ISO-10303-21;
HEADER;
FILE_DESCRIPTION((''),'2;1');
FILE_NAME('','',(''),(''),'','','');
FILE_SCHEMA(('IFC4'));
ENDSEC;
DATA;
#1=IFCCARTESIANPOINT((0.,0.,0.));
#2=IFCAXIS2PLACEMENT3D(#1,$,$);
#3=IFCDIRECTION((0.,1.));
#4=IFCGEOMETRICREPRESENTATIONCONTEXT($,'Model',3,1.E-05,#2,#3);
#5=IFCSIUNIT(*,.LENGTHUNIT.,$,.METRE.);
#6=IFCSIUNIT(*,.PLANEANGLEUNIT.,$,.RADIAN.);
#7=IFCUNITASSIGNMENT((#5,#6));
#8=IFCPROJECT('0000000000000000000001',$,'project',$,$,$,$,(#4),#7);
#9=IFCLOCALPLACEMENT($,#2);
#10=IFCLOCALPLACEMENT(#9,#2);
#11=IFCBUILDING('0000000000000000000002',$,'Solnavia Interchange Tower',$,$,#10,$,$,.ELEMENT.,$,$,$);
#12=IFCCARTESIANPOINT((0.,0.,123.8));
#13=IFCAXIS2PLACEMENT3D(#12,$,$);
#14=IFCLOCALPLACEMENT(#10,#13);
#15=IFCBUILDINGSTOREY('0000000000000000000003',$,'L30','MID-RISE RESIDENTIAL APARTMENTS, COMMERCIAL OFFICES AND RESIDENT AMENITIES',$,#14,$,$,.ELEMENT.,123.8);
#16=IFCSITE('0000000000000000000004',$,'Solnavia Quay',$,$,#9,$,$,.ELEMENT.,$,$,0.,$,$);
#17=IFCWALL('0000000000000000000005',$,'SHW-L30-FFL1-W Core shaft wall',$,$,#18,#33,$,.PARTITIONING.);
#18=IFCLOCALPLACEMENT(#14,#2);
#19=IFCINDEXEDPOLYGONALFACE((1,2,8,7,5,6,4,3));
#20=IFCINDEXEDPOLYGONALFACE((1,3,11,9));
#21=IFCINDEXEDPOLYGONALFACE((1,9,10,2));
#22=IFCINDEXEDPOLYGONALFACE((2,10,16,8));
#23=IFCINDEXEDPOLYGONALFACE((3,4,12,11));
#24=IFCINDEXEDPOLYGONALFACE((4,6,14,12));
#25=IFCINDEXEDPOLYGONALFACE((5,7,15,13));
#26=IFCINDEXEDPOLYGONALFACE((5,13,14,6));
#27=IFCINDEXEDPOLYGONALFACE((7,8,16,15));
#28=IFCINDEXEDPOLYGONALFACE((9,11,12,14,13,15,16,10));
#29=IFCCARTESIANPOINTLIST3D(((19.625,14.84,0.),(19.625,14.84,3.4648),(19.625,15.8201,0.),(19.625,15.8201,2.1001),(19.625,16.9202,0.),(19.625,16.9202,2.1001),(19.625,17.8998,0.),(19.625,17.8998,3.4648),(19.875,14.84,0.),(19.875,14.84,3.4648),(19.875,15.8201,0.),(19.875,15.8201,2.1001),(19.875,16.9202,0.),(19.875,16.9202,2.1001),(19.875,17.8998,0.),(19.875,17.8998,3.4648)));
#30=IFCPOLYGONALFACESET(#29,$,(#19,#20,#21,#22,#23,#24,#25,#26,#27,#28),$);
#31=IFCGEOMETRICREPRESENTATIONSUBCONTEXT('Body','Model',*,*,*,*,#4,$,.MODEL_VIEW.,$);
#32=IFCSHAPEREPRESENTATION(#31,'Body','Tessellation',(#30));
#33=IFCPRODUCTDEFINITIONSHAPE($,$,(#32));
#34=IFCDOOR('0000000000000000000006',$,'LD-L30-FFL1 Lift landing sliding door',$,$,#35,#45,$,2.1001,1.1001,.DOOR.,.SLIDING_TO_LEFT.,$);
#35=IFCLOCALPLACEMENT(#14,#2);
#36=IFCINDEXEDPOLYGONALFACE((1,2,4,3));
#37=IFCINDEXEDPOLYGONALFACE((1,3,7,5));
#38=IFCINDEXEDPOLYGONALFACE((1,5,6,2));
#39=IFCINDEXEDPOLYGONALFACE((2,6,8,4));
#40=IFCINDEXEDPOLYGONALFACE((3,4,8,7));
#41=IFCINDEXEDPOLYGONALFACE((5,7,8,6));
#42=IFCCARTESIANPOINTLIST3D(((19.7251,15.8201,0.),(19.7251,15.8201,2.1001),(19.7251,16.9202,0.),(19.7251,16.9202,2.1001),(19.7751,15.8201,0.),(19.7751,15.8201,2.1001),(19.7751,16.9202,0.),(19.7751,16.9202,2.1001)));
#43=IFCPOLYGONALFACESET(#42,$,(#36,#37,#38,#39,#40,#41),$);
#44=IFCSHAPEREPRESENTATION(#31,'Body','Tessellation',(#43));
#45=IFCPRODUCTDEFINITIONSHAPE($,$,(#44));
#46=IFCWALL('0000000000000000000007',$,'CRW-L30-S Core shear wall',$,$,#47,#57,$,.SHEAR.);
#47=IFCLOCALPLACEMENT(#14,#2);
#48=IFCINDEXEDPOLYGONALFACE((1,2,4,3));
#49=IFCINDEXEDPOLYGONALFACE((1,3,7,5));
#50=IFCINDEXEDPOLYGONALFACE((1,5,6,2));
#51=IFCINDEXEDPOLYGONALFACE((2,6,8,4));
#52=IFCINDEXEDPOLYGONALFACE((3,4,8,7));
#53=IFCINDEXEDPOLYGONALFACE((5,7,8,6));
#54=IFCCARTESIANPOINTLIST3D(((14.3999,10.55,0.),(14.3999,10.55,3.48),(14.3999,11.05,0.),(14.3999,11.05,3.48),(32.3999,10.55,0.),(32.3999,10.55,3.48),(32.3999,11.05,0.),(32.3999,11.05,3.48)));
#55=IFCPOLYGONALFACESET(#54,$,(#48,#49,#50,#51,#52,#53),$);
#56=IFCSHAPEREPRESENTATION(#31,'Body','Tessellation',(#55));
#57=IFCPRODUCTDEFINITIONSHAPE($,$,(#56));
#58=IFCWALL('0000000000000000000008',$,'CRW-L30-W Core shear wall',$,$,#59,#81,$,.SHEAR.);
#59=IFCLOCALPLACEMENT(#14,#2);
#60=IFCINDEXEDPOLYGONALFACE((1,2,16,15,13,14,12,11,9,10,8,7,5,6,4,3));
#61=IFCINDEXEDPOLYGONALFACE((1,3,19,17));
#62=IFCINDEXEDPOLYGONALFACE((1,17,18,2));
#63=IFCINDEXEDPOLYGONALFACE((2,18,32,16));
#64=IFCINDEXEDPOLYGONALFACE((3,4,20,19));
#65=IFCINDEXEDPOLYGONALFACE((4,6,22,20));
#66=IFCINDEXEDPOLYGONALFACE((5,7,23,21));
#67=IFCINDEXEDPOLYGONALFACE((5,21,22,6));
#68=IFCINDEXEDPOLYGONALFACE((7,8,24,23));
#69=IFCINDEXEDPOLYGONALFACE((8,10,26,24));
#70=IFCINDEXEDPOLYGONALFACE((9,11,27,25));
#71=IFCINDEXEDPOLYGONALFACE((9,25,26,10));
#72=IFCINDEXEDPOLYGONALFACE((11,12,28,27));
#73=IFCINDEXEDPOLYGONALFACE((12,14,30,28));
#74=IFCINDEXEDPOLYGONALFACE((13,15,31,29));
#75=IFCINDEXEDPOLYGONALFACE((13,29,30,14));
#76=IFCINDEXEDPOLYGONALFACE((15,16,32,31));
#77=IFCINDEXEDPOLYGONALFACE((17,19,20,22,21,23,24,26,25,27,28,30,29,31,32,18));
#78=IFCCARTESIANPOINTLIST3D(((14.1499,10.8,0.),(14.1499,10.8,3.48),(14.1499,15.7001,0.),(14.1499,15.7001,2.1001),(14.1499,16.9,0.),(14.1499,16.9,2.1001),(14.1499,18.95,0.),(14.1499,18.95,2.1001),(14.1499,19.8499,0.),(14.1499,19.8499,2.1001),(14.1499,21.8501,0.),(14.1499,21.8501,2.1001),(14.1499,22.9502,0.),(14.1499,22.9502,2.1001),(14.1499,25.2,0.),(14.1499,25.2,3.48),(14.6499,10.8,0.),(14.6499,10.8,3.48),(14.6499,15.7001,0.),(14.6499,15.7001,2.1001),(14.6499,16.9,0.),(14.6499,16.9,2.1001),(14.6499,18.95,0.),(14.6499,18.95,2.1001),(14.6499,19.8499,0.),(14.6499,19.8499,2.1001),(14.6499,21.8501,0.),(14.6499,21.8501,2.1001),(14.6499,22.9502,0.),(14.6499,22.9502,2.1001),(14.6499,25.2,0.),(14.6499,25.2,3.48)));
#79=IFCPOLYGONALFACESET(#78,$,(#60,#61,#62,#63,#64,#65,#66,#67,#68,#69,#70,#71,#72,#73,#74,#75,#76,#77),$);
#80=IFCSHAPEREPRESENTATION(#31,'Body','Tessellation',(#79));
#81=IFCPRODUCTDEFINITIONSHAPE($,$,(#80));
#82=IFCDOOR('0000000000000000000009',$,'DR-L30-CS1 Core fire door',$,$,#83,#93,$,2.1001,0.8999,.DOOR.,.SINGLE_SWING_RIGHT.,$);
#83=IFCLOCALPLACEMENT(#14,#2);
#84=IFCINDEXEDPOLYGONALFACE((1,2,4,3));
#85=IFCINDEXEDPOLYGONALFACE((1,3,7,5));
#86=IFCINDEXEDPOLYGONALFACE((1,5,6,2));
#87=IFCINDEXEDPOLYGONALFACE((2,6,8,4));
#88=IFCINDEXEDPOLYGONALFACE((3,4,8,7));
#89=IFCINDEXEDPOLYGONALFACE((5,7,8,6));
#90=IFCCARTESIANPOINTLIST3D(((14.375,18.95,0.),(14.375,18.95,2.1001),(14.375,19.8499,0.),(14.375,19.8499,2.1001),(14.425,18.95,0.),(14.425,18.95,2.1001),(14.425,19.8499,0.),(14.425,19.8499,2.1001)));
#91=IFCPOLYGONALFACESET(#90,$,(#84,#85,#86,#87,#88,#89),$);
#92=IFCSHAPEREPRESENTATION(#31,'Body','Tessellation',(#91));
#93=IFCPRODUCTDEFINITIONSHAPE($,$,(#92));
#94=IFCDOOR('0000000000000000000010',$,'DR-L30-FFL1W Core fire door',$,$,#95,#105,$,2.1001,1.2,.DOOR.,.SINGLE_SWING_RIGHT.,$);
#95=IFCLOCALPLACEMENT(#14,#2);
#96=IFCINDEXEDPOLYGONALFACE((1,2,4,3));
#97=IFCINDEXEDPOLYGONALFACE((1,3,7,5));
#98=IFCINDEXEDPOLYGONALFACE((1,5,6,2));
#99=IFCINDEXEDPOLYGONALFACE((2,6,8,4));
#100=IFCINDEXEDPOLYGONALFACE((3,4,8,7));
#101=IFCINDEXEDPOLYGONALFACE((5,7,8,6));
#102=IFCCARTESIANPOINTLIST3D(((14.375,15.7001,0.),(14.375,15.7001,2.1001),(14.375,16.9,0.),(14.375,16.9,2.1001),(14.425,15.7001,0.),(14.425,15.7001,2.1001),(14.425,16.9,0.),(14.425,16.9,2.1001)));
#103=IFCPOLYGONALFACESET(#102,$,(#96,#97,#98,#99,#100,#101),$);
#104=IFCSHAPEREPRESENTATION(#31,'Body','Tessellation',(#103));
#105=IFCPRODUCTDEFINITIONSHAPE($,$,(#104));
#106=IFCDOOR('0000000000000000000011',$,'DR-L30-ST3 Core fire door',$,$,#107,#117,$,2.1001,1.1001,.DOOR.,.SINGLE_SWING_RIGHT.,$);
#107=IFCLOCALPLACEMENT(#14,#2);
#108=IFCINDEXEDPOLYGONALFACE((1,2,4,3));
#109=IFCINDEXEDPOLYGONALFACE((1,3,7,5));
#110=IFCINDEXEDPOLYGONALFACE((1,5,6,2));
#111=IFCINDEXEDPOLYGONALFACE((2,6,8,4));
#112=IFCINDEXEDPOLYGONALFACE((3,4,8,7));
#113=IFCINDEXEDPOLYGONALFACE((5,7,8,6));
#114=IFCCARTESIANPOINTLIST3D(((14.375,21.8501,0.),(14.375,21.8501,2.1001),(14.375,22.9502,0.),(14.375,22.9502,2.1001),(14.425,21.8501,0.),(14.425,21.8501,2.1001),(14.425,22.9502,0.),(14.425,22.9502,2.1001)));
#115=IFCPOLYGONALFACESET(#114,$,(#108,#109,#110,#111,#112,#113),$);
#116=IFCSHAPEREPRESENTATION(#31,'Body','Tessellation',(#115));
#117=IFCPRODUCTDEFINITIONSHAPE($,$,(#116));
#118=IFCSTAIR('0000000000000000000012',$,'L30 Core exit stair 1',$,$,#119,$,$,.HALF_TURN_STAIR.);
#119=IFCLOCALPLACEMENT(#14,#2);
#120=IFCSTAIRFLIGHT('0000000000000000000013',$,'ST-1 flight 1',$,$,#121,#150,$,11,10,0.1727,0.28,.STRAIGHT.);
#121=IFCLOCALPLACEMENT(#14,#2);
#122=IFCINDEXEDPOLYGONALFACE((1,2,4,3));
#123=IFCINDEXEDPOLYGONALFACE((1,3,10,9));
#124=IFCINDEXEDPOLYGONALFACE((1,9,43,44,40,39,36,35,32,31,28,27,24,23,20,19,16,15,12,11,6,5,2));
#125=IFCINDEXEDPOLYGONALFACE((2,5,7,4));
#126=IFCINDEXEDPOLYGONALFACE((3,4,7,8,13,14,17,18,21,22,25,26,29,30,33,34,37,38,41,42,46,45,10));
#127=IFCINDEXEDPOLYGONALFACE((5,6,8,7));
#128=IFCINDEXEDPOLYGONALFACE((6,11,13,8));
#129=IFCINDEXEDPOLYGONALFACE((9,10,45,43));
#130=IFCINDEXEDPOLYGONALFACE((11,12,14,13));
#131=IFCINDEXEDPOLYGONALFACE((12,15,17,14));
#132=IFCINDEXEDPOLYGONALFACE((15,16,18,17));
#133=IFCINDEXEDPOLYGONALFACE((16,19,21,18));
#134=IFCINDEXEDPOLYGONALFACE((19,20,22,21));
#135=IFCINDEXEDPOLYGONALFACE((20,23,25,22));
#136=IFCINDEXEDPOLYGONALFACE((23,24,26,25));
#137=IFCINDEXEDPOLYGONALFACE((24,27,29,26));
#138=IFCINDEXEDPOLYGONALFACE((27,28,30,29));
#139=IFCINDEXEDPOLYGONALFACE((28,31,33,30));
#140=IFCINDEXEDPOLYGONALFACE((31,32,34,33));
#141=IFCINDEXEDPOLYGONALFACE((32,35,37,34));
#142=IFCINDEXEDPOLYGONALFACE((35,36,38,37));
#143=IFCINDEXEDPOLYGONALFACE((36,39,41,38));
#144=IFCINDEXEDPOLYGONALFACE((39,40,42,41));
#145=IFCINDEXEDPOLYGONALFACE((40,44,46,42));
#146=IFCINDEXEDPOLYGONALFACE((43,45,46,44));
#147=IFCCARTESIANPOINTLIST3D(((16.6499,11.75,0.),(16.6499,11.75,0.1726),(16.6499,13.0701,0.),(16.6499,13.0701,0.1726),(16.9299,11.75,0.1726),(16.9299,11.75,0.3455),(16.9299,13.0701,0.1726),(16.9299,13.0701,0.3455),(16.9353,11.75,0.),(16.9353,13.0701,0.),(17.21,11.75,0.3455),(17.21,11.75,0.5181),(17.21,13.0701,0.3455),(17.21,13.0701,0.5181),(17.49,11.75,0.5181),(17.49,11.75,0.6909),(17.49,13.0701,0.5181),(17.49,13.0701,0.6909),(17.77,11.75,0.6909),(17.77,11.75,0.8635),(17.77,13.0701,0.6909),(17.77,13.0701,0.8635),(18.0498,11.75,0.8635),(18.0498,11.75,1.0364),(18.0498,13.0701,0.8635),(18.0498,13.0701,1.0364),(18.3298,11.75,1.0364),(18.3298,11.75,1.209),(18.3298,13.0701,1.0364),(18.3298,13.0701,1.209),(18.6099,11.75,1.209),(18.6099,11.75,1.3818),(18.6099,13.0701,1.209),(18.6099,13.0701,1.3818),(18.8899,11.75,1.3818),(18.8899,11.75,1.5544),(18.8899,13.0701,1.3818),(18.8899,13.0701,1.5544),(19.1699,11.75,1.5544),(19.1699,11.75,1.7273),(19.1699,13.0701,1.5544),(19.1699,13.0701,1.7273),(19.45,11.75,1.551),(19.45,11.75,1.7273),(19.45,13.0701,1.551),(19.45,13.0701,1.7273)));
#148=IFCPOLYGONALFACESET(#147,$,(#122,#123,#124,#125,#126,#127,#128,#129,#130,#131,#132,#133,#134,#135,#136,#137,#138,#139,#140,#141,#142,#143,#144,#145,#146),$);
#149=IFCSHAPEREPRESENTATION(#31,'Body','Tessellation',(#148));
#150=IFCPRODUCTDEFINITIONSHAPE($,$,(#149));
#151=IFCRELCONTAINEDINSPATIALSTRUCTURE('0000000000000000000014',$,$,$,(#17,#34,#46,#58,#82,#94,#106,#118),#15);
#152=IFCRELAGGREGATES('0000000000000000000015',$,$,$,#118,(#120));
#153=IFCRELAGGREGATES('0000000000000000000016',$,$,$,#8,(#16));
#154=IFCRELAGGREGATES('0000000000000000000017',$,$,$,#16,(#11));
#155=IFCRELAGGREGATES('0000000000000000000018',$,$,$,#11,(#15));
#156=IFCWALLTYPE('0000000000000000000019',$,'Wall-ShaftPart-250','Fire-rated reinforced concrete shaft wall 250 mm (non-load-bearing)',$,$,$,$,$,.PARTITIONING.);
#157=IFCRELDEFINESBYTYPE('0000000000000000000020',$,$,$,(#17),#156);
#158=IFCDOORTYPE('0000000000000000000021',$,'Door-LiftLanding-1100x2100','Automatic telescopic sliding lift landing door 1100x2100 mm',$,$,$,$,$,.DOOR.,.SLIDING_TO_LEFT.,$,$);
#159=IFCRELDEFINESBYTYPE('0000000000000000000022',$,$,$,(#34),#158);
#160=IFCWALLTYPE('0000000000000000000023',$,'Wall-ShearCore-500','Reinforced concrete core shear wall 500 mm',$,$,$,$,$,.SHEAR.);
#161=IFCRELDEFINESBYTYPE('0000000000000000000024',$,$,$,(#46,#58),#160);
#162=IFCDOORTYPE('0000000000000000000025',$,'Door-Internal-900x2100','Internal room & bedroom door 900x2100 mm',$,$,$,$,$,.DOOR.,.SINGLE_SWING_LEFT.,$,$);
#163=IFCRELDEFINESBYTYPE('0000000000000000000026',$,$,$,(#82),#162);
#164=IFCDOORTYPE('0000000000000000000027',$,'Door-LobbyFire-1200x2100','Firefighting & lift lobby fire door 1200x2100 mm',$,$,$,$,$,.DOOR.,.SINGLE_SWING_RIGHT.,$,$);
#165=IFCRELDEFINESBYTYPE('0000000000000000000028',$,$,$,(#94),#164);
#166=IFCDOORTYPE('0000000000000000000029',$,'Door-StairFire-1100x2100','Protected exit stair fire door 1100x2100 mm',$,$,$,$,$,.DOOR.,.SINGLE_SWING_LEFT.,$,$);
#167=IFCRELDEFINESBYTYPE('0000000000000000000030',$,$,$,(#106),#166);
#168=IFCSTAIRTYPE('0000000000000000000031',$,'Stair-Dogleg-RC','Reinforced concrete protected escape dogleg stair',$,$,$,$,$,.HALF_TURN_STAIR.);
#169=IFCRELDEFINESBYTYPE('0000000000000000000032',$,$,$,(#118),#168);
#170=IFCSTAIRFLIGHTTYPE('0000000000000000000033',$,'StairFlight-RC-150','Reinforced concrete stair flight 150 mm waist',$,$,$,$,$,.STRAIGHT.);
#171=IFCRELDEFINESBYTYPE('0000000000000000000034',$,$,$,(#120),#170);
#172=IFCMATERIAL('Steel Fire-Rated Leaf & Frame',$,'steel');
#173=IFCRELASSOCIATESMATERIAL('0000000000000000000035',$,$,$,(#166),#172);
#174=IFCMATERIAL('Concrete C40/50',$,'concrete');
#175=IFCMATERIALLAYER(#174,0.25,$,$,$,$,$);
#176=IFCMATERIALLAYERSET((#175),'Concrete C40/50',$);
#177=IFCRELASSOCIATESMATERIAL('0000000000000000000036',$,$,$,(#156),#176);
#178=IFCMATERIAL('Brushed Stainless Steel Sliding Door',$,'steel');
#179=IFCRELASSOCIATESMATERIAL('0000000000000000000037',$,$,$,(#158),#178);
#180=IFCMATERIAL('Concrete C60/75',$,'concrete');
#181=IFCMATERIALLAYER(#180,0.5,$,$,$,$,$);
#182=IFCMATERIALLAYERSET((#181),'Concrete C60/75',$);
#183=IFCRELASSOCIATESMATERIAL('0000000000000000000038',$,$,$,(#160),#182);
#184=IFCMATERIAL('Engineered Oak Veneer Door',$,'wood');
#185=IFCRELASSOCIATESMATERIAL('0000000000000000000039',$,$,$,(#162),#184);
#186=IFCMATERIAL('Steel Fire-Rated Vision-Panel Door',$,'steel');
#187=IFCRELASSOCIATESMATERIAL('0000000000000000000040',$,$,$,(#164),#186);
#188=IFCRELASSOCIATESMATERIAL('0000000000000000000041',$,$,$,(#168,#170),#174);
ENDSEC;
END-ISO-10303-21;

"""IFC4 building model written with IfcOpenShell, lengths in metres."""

from ifc_helpers import new_model, si_unit, direction, frame, frame_2d, origin, place, context, subcontext, project, spatial, polyline, rectangle, outline, extrude, material, layer, layer_set, type_object, element, fill, aggregate, save


model = new_model("IFC4")

# Units and contexts
model_context = context("Model", 3, precision=1e-05, world=origin(), true_north=direction((0.0, 1.0)))
body_context = subcontext(model_context, "Body", "Model", "MODEL_VIEW")
ifc_project = project(units=[si_unit("LENGTHUNIT", "METRE"), si_unit("PLANEANGLEUNIT", "RADIAN")], contexts=[model_context])

# Site, building, storey
site_placement = place(None, origin())
site = spatial("IfcSite", under=ifc_project, at=site_placement, Name="Solnavia Quay", CompositionType="ELEMENT", RefElevation=0.0)
building_placement = place(site_placement, origin())
building = spatial("IfcBuilding", under=site, at=building_placement, Name="Solnavia Interchange Tower", CompositionType="ELEMENT")
storey_placement = place(building_placement, frame((0.0, 0.0, 123.8)))
storey = spatial("IfcBuildingStorey", under=building, at=storey_placement, Name="L30", Description="MID-RISE RESIDENTIAL APARTMENTS, COMMERCIAL OFFICES AND RESIDENT AMENITIES", CompositionType="ELEMENT", Elevation=123.8)

# Shared definitions
ifc_material_1 = material(Name="Concrete C40/50", Category="concrete")

# Shared definitions
ifc_material_2 = material(Name="Steel Fire-Rated Leaf & Frame", Category="steel")
door_type_1 = type_object("IfcDoorType", Name="Door-StairFire-1100x2100", Description="Protected exit stair fire door 1100x2100 mm", OperationType="SINGLE_SWING_LEFT", PredefinedType="DOOR", material=ifc_material_2)

# Shared definitions
ifc_layer_1 = layer(ifc_material_1, 0.25)
ifc_layer_set_1 = layer_set([ifc_layer_1], Name="Concrete C40/50")
wall_type_1 = type_object("IfcWallType", Name="Wall-ShaftPart-250", Description="Fire-rated reinforced concrete shaft wall 250 mm (non-load-bearing)", PredefinedType="PARTITIONING", material=ifc_layer_set_1)

# Wall, opening, door
wall_1_placement = place(storey_placement, frame((19.75, 14.8401, 0.0), z_axis=(0.0, 0.0, 1.0), x_axis=(0.0, 1.0, 0.0)))
wall_1 = element("IfcWall", 1, at=wall_1_placement, inside=storey, type_object=wall_type_1, Name="SHW-L30-FFL1-W Core shaft wall", PredefinedType="PARTITIONING", context=body_context, shape_type="SweptSolid", body=[
    extrude(rectangle(XDim=3.0598, YDim=0.25, at=frame_2d((1.5298, 0.0))), origin(), (0.0, 0.0, 1.0), 3.4648),
])
opening_1_placement = place(wall_1_placement, frame((0.98, 0.0, 0.0)))
opening_1 = element("IfcOpeningElement", 2, at=opening_1_placement, cuts=wall_1, PredefinedType="OPENING", context=body_context, shape_type="SweptSolid", body=[
    extrude(rectangle(XDim=1.1001, YDim=2.1001, at=frame_2d((0.55, 1.05))), frame((0.0, 0.135, 0.0), z_axis=(0.0, -1.0, 0.0), x_axis=(1.0, 0.0, 0.0)), (0.0, 0.0, 1.0), 0.27),
])
ifc_material_3 = material(Name="Brushed Stainless Steel Sliding Door", Category="steel")
door_type_2 = type_object("IfcDoorType", Name="Door-LiftLanding-1100x2100", Description="Automatic telescopic sliding lift landing door 1100x2100 mm", OperationType="SLIDING_TO_LEFT", PredefinedType="DOOR", material=ifc_material_3)
door_1_placement = place(opening_1_placement, origin())
door_1 = element("IfcDoor", 3, at=door_1_placement, inside=storey, type_object=door_type_2, Name="LD-L30-FFL1 Lift landing sliding door", OperationType="SLIDING_TO_LEFT", OverallHeight=2.1001, OverallWidth=1.1001, PredefinedType="DOOR", context=body_context, shape_type="SweptSolid", body=[
    extrude(rectangle(XDim=1.1001, YDim=2.1001, at=frame_2d((0.55, 1.05))), frame((0.0, 0.0249, 0.0), z_axis=(0.0, -1.0, 0.0), x_axis=(1.0, 0.0, 0.0)), (0.0, 0.0, 1.0), 0.05),
])
fill(opening_1, door_1)

# Wall
ifc_material_4 = material(Name="Concrete C60/75", Category="concrete")
ifc_layer_2 = layer(ifc_material_4, 0.5)
ifc_layer_set_2 = layer_set([ifc_layer_2], Name="Concrete C60/75")
wall_type_2 = type_object("IfcWallType", Name="Wall-ShearCore-500", Description="Reinforced concrete core shear wall 500 mm", PredefinedType="SHEAR", material=ifc_layer_set_2)
wall_2_placement = place(storey_placement, frame((14.3999, 10.8, 0.0), z_axis=(0.0, 0.0, 1.0), x_axis=(1.0, 0.0, 0.0)))
element("IfcWall", 4, at=wall_2_placement, inside=storey, type_object=wall_type_2, Name="CRW-L30-S Core shear wall", PredefinedType="SHEAR", context=body_context, shape_type="SweptSolid", body=[
    extrude(rectangle(XDim=18.0, YDim=0.5, at=frame_2d((9.0, 0.0))), origin(), (0.0, 0.0, 1.0), 3.48),
])

# Wall, openings, doors
wall_3_placement = place(storey_placement, frame((14.3999, 10.8, 0.0), z_axis=(0.0, 0.0, 1.0), x_axis=(0.0, 1.0, 0.0)))
wall_3 = element("IfcWall", 5, at=wall_3_placement, inside=storey, type_object=wall_type_2, Name="CRW-L30-W Core shear wall", PredefinedType="SHEAR", context=body_context, shape_type="SweptSolid", body=[
    extrude(rectangle(XDim=14.3999, YDim=0.5, at=frame_2d((7.2, 0.0))), origin(), (0.0, 0.0, 1.0), 3.48),
])
opening_2_placement = place(wall_3_placement, frame((11.05, 0.0, 0.0)))
opening_2 = element("IfcOpeningElement", 6, at=opening_2_placement, cuts=wall_3, PredefinedType="OPENING", context=body_context, shape_type="SweptSolid", body=[
    extrude(rectangle(XDim=1.1001, YDim=2.1001, at=frame_2d((0.55, 1.05))), frame((0.0, 0.26, 0.0), z_axis=(0.0, -1.0, 0.0), x_axis=(1.0, 0.0, 0.0)), (0.0, 0.0, 1.0), 0.52),
])
opening_3_placement = place(wall_3_placement, frame((4.8999, 0.0, 0.0)))
opening_3 = element("IfcOpeningElement", 7, at=opening_3_placement, cuts=wall_3, PredefinedType="OPENING", context=body_context, shape_type="SweptSolid", body=[
    extrude(rectangle(XDim=1.2, YDim=2.1001, at=frame_2d((0.6001, 1.05))), frame((0.0, 0.26, 0.0), z_axis=(0.0, -1.0, 0.0), x_axis=(1.0, 0.0, 0.0)), (0.0, 0.0, 1.0), 0.52),
])
opening_4_placement = place(wall_3_placement, frame((8.1499, 0.0, 0.0)))
opening_4 = element("IfcOpeningElement", 8, at=opening_4_placement, cuts=wall_3, PredefinedType="OPENING", context=body_context, shape_type="SweptSolid", body=[
    extrude(rectangle(XDim=0.8999, YDim=2.1001, at=frame_2d((0.45, 1.05))), frame((0.0, 0.26, 0.0), z_axis=(0.0, -1.0, 0.0), x_axis=(1.0, 0.0, 0.0)), (0.0, 0.0, 1.0), 0.52),
])
ifc_material_5 = material(Name="Engineered Oak Veneer Door", Category="wood")
door_type_3 = type_object("IfcDoorType", Name="Door-Internal-900x2100", Description="Internal room & bedroom door 900x2100 mm", OperationType="SINGLE_SWING_LEFT", PredefinedType="DOOR", material=ifc_material_5)
door_2_placement = place(opening_4_placement, origin())
door_2 = element("IfcDoor", 9, at=door_2_placement, inside=storey, type_object=door_type_3, Name="DR-L30-CS1 Core fire door", OperationType="SINGLE_SWING_RIGHT", OverallHeight=2.1001, OverallWidth=0.8999, PredefinedType="DOOR", context=body_context, shape_type="SweptSolid", body=[
    extrude(rectangle(XDim=0.8999, YDim=2.1001, at=frame_2d((0.45, 1.05))), frame((0.0, 0.0249, 0.0), z_axis=(0.0, -1.0, 0.0), x_axis=(1.0, 0.0, 0.0)), (0.0, 0.0, 1.0), 0.05),
])
fill(opening_4, door_2)
ifc_material_6 = material(Name="Steel Fire-Rated Vision-Panel Door", Category="steel")
door_type_4 = type_object("IfcDoorType", Name="Door-LobbyFire-1200x2100", Description="Firefighting & lift lobby fire door 1200x2100 mm", OperationType="SINGLE_SWING_RIGHT", PredefinedType="DOOR", material=ifc_material_6)
door_3_placement = place(opening_3_placement, origin())
door_3 = element("IfcDoor", 10, at=door_3_placement, inside=storey, type_object=door_type_4, Name="DR-L30-FFL1W Core fire door", OperationType="SINGLE_SWING_RIGHT", OverallHeight=2.1001, OverallWidth=1.2, PredefinedType="DOOR", context=body_context, shape_type="SweptSolid", body=[
    extrude(rectangle(XDim=1.2, YDim=2.1001, at=frame_2d((0.6001, 1.05))), frame((0.0, 0.0249, 0.0), z_axis=(0.0, -1.0, 0.0), x_axis=(1.0, 0.0, 0.0)), (0.0, 0.0, 1.0), 0.05),
])
fill(opening_3, door_3)
door_4_placement = place(opening_2_placement, origin())
door_4 = element("IfcDoor", 11, at=door_4_placement, inside=storey, type_object=door_type_1, Name="DR-L30-ST3 Core fire door", OperationType="SINGLE_SWING_RIGHT", OverallHeight=2.1001, OverallWidth=1.1001, PredefinedType="DOOR", context=body_context, shape_type="SweptSolid", body=[
    extrude(rectangle(XDim=1.1001, YDim=2.1001, at=frame_2d((0.55, 1.05))), frame((0.0, 0.0249, 0.0), z_axis=(0.0, -1.0, 0.0), x_axis=(1.0, 0.0, 0.0)), (0.0, 0.0, 1.0), 0.05),
])
fill(opening_2, door_4)

# Stair, stair flight
stair_type = type_object("IfcStairType", Name="Stair-Dogleg-RC", Description="Reinforced concrete protected escape dogleg stair", PredefinedType="HALF_TURN_STAIR", material=ifc_material_1)
stair_placement = place(storey_placement, origin())
stair = element("IfcStair", 12, at=stair_placement, inside=storey, type_object=stair_type, Name="L30 Core exit stair 1", PredefinedType="HALF_TURN_STAIR")
stair_flight_type = type_object("IfcStairFlightType", Name="StairFlight-RC-150", Description="Reinforced concrete stair flight 150 mm waist", PredefinedType="STRAIGHT", material=ifc_material_1)
stair_flight_1_placement = place(storey_placement, frame((16.6499, 12.4099, 0.0), z_axis=(0.0, 0.0, 1.0), x_axis=(1.0, 0.0, 0.0)))
stair_flight_1 = element("IfcStairFlight", 13, at=stair_flight_1_placement, type_object=stair_flight_type, Name="ST-1 flight 1", NumberOfRisers=11, NumberOfTreads=10, PredefinedType="STRAIGHT", RiserHeight=0.1727, TreadLength=0.28, context=body_context, shape_type="SweptSolid", body=[
    extrude(outline(polyline([(0.0, 0.0), (0.0, 0.1726), (0.28, 0.1726), (0.28, 0.3455), (0.5601, 0.3455), (0.5601, 0.5181), (0.8401, 0.5181), (0.8401, 0.6909), (1.1201, 0.6909), (1.1201, 0.8635), (1.3999, 0.8635), (1.3999, 1.0364), (1.6799, 1.0364), (1.6799, 1.209), (1.96, 1.209), (1.96, 1.3818), (2.24, 1.3818), (2.24, 1.5544), (2.52, 1.5544), (2.52, 1.7273), (2.8, 1.7273), (2.8, 1.8999), (2.8, 1.551), (0.2854, 0.0), (0.0, 0.0)])), frame((0.0, 0.6602, 0.0), z_axis=(0.0, -1.0, 0.0), x_axis=(1.0, 0.0, 0.0)), (0.0, 0.0, 1.0), 1.3201),
])
aggregate(stair, [stair_flight_1])

save(model, "model.ifc")
